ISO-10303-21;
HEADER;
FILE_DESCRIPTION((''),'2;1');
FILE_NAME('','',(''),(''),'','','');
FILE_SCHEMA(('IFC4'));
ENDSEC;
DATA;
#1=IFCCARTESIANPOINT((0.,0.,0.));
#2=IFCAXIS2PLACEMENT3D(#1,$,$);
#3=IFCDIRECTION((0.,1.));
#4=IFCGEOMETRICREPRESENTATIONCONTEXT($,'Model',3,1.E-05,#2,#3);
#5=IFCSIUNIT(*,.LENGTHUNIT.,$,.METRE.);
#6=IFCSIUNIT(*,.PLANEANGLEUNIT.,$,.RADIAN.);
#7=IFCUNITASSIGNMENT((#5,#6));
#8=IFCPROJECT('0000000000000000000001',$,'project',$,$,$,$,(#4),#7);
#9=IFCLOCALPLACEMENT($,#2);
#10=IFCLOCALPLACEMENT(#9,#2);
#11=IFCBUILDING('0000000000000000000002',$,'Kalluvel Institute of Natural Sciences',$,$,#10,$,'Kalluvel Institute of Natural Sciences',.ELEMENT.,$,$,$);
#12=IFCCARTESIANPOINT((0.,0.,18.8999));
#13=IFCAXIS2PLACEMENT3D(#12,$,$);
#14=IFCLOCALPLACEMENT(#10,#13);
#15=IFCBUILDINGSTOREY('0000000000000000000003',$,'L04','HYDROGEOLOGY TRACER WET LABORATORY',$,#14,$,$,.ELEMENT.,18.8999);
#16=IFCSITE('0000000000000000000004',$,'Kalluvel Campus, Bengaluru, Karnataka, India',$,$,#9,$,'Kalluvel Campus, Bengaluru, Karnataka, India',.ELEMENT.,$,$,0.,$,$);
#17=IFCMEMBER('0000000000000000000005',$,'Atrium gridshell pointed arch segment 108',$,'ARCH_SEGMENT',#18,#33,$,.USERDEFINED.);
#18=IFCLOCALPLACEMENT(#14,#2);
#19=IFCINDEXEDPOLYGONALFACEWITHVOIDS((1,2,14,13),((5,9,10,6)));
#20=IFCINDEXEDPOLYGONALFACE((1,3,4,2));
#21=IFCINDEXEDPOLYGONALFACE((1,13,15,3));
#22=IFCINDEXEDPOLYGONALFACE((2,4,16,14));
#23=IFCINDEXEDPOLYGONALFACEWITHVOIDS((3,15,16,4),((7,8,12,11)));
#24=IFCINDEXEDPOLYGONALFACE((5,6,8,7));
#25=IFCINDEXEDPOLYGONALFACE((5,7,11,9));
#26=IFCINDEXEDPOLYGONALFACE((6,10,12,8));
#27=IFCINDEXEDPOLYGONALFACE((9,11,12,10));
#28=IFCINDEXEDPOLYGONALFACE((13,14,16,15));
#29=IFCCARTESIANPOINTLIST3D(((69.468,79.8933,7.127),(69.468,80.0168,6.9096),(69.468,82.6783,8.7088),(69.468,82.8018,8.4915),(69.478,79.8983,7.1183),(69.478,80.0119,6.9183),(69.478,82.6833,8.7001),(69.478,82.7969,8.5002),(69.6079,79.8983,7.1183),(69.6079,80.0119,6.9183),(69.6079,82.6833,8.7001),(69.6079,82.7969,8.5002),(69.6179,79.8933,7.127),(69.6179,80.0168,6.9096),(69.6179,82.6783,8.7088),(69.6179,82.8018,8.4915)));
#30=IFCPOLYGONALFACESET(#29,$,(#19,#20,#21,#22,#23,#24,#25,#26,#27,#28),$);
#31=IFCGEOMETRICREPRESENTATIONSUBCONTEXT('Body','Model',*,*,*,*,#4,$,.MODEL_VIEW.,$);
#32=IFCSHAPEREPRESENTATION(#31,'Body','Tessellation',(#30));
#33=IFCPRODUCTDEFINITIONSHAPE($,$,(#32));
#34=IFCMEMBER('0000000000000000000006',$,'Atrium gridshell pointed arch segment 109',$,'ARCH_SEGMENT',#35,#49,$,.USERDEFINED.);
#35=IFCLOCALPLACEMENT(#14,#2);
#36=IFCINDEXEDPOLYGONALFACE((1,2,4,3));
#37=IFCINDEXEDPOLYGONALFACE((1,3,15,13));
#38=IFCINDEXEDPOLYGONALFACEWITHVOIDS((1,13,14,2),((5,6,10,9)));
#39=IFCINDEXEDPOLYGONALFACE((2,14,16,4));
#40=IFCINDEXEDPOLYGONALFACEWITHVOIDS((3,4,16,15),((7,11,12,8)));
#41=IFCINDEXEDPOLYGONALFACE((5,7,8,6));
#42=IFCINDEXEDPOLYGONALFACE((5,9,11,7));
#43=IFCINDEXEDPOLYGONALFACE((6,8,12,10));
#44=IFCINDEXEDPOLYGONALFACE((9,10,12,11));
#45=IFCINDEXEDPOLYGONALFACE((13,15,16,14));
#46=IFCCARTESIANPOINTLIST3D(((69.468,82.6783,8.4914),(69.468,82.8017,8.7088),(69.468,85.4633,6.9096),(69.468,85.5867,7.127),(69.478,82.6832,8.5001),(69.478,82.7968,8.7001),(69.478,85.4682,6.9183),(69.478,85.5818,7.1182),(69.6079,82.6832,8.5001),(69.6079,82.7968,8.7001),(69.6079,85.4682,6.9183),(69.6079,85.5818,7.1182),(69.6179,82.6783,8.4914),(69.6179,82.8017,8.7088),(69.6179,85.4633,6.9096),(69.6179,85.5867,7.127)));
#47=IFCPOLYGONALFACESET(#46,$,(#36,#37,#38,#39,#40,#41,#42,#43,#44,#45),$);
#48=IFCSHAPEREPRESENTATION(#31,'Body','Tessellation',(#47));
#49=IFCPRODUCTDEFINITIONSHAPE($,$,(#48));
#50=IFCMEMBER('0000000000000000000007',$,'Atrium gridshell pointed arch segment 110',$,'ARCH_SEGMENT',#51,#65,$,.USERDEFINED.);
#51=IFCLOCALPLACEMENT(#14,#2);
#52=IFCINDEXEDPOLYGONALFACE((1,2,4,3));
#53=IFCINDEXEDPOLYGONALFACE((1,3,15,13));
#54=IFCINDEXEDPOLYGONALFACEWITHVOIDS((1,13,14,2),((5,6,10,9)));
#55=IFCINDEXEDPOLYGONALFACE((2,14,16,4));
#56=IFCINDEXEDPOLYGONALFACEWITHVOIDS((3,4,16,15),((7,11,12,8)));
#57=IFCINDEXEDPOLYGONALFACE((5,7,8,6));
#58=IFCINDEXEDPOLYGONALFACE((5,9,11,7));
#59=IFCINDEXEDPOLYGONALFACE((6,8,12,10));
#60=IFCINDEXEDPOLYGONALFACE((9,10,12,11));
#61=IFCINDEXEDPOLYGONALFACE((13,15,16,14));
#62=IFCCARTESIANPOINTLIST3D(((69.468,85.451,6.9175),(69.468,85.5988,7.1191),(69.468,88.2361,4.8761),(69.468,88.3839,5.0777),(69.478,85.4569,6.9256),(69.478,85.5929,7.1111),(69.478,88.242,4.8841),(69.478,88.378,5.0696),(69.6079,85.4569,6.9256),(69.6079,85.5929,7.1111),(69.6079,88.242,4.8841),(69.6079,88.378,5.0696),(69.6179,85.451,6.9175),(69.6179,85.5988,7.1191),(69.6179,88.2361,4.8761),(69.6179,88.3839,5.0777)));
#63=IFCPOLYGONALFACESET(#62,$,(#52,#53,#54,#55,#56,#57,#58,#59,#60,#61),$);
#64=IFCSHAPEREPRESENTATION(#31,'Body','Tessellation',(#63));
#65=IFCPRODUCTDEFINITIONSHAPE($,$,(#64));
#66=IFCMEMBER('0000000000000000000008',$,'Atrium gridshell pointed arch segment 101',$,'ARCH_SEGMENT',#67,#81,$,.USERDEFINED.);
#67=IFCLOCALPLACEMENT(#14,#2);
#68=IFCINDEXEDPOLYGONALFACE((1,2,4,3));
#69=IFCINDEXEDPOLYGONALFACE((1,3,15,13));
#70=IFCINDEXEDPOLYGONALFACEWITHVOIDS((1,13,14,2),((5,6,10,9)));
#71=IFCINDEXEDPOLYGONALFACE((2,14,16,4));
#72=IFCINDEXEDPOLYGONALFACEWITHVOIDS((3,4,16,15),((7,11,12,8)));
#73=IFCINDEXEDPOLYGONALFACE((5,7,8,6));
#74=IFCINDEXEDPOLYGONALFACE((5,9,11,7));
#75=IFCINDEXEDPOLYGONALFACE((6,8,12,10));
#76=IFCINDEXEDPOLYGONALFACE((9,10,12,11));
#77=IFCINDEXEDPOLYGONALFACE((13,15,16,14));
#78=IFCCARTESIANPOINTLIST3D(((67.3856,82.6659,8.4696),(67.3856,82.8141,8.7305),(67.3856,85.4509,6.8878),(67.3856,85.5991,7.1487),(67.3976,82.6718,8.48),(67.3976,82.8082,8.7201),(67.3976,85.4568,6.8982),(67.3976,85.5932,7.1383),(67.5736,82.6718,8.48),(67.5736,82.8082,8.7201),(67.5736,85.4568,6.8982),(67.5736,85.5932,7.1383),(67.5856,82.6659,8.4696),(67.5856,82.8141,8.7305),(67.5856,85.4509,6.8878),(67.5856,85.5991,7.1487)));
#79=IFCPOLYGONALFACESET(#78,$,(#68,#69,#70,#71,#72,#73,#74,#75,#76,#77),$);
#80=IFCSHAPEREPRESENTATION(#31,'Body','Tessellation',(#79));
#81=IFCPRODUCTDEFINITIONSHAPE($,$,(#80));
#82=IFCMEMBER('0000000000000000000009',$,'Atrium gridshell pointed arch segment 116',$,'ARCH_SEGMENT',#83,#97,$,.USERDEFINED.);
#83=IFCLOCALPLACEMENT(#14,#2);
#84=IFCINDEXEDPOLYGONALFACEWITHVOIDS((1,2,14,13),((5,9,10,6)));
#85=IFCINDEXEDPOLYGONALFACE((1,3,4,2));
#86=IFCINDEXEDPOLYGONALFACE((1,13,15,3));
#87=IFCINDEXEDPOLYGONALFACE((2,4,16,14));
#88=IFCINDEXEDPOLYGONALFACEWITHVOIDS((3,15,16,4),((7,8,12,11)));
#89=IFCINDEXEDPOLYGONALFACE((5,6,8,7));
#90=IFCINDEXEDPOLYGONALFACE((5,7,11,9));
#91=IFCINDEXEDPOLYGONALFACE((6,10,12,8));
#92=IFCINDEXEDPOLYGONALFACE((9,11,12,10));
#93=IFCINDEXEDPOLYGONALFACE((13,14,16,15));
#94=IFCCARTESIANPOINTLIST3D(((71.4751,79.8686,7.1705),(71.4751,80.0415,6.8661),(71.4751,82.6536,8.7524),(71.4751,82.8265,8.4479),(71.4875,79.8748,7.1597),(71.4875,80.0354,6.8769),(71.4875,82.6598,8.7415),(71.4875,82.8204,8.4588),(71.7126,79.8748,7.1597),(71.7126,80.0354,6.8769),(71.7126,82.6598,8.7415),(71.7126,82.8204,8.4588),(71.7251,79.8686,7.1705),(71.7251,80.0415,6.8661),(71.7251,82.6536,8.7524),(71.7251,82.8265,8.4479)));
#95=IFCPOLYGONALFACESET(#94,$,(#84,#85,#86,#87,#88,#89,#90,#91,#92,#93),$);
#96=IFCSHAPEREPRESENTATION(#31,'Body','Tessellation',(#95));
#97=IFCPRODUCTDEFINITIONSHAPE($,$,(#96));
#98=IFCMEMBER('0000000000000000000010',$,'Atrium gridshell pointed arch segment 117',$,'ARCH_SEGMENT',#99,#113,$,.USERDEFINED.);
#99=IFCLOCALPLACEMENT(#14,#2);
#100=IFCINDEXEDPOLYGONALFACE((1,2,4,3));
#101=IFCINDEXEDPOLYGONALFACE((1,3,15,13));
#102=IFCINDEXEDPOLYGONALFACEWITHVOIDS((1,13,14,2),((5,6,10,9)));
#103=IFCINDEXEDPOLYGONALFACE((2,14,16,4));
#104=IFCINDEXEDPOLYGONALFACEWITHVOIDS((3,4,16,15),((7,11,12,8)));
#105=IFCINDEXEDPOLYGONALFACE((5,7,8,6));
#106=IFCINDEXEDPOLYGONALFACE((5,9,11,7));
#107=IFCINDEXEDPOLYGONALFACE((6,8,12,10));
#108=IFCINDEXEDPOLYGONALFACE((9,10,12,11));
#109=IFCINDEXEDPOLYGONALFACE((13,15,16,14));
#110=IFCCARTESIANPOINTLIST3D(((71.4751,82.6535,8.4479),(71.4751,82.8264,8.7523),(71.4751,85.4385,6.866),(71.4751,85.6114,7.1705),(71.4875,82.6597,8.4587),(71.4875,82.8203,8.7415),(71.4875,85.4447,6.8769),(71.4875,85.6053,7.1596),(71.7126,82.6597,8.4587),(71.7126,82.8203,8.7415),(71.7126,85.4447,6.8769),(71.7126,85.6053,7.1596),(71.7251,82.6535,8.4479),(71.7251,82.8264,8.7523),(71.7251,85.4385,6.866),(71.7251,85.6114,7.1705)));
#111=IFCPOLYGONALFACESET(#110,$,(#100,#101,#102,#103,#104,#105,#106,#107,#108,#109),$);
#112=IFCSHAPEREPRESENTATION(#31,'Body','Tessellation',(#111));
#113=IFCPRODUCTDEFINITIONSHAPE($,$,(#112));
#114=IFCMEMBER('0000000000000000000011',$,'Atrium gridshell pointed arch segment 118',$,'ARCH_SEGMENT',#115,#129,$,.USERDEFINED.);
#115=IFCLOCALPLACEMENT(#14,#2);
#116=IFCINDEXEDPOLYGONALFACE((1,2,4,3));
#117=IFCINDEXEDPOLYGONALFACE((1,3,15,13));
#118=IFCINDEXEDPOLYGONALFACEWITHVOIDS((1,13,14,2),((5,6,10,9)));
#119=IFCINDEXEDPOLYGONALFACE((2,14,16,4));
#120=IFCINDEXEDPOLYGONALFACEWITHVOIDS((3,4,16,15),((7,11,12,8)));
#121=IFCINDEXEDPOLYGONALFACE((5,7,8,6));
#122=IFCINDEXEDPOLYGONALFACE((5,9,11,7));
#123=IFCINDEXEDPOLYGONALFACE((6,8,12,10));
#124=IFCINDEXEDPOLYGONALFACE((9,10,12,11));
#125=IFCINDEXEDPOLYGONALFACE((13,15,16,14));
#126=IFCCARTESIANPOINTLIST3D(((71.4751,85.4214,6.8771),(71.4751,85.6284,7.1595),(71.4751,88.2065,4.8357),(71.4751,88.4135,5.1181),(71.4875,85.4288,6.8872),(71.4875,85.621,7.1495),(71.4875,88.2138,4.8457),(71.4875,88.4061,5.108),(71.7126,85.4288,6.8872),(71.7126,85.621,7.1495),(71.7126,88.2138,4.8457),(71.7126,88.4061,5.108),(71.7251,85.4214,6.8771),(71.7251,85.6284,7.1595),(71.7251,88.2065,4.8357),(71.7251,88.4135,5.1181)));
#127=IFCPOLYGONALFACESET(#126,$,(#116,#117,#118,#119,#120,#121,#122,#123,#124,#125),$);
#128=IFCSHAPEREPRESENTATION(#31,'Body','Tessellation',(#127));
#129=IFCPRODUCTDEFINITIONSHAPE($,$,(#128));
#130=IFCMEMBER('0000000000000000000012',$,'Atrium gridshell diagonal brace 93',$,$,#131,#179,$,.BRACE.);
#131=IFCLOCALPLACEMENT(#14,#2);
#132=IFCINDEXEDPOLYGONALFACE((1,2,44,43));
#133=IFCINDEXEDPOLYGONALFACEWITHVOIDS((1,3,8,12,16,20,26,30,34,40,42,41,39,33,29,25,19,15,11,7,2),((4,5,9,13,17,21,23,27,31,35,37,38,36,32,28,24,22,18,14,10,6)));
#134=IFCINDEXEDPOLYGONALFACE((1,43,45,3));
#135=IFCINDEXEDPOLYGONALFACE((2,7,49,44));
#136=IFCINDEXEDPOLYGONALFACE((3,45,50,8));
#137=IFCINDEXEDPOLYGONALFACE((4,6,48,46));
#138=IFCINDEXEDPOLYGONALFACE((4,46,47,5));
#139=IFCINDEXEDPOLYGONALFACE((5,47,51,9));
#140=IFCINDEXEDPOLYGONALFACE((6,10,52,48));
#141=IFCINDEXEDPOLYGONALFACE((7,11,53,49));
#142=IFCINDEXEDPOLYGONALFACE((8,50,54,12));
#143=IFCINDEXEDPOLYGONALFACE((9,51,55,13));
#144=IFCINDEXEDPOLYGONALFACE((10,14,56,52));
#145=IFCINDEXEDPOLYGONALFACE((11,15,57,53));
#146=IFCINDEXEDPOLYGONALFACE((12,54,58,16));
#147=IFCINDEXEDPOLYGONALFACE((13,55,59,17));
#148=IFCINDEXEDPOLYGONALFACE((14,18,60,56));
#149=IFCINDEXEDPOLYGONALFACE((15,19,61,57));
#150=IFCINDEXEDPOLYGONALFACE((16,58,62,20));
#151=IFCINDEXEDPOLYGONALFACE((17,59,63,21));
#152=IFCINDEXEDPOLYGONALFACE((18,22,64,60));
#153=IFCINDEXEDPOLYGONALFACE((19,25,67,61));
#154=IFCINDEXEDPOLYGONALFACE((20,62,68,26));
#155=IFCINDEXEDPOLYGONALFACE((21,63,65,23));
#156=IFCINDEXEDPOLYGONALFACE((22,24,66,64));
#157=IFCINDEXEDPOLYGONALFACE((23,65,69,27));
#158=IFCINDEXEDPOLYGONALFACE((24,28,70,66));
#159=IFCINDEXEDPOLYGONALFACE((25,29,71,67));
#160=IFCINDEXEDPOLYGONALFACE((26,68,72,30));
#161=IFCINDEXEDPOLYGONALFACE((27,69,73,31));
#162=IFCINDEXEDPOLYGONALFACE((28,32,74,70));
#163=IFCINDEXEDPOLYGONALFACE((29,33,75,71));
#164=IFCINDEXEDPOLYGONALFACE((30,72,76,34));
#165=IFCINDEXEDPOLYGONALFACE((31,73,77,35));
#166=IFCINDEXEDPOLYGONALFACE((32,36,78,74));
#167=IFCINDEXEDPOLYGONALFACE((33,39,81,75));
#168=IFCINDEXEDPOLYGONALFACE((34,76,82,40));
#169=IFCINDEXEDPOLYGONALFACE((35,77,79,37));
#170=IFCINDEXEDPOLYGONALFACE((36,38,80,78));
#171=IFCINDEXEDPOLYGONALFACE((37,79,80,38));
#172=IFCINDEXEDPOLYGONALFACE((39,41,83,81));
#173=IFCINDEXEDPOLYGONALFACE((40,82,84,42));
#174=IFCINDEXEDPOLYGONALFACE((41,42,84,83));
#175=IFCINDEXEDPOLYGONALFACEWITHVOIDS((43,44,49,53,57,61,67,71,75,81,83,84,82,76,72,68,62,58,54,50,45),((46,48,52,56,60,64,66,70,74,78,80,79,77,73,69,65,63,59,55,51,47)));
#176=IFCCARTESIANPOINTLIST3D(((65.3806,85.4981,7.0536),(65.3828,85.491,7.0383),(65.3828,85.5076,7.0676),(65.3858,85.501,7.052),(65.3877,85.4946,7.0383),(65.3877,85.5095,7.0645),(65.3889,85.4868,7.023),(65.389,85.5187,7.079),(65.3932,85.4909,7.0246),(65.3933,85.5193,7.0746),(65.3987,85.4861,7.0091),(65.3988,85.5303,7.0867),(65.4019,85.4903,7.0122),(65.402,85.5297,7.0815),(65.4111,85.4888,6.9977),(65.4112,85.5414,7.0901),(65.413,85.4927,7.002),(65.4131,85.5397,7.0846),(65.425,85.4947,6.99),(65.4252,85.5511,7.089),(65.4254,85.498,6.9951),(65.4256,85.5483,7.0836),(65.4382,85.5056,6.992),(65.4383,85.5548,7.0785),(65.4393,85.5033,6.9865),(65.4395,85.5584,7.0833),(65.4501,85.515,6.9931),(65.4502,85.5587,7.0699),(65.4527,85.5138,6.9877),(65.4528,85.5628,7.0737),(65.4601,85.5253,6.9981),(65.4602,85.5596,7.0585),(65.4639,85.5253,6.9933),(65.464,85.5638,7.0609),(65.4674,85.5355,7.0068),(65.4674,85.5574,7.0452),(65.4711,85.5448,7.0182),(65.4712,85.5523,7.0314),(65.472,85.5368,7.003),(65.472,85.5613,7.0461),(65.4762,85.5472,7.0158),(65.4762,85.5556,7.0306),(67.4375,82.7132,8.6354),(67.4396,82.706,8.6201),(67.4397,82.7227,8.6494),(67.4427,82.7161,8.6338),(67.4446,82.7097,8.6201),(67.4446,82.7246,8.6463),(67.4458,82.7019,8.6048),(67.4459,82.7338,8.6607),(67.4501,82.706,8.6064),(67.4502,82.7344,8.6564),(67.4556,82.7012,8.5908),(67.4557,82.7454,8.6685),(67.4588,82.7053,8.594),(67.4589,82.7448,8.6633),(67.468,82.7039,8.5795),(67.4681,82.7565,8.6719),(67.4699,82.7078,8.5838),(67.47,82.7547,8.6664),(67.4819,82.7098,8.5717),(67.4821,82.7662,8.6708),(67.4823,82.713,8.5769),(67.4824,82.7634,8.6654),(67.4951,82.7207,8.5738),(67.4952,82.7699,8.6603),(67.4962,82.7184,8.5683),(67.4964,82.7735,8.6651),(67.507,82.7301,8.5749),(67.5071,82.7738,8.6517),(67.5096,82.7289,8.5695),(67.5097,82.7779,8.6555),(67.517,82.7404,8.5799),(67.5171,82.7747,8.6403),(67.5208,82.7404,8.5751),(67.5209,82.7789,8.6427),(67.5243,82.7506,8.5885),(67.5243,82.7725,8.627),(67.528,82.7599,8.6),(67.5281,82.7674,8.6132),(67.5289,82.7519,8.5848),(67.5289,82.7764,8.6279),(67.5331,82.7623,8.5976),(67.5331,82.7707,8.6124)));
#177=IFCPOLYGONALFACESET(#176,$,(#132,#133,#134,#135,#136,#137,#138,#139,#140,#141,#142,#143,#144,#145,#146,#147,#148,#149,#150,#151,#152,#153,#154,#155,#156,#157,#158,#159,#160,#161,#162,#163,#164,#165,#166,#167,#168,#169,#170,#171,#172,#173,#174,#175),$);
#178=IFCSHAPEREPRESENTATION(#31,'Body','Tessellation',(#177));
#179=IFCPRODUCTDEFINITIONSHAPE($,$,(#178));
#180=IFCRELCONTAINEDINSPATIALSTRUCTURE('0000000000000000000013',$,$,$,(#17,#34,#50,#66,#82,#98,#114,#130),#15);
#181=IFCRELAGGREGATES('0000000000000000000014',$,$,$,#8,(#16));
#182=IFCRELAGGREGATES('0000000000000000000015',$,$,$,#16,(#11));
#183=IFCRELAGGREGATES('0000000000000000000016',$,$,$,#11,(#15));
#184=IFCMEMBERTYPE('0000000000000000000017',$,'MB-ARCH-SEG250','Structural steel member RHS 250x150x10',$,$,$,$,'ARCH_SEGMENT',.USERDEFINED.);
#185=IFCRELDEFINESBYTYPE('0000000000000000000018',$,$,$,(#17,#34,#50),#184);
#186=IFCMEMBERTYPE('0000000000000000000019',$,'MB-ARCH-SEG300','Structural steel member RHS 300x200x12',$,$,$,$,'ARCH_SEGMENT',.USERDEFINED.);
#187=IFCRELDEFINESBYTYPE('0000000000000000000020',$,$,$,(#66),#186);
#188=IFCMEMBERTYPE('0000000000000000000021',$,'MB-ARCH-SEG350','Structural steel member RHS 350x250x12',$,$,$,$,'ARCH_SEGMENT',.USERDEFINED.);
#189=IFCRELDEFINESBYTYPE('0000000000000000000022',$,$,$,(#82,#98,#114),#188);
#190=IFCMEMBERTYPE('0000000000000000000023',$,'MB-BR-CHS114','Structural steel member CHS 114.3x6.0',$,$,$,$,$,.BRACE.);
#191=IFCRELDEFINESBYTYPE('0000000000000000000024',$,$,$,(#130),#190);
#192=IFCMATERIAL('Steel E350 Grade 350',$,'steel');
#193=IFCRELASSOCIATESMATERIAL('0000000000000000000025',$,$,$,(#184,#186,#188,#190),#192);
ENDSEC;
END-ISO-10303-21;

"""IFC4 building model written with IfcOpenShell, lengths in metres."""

from ifc_helpers import new_model, si_unit, direction, frame, origin, origin_2d, place, context, subcontext, project, spatial, hollow_rectangle, hollow_circle, extrude, material, material_profile, profile_set, type_object, element, save


model = new_model("IFC4")

# Units and contexts
model_context = context("Model", 3, precision=1e-05, world=origin(), true_north=direction((0.0, 1.0)))
body_context = subcontext(model_context, "Body", "Model", "MODEL_VIEW")
ifc_project = project(units=[si_unit("LENGTHUNIT", "METRE"), si_unit("PLANEANGLEUNIT", "RADIAN")], contexts=[model_context])

# Site, building, storey
site_placement = place(None, origin())
site = spatial("IfcSite", under=ifc_project, at=site_placement, Name="Kalluvel Campus, Bengaluru, Karnataka, India", LongName="Kalluvel Campus, Bengaluru, Karnataka, India", CompositionType="ELEMENT", RefElevation=0.0)
building_placement = place(site_placement, origin())
building = spatial("IfcBuilding", under=site, at=building_placement, Name="Kalluvel Institute of Natural Sciences", LongName="Kalluvel Institute of Natural Sciences", CompositionType="ELEMENT")
storey_placement = place(building_placement, frame((0.0, 0.0, 18.8999)))
storey = spatial("IfcBuildingStorey", under=building, at=storey_placement, Name="L04", Description="HYDROGEOLOGY TRACER WET LABORATORY", CompositionType="ELEMENT", Elevation=18.8999)

# Members
ifc_material_1 = material(Name="Steel E350 Grade 350", Category="steel")
ifc_material_profile_1 = material_profile(ifc_material_1, hollow_rectangle(XDim=0.1499, YDim=0.25, WallThickness=0.01, at=origin_2d()), Name="RHS 250x150x10")
ifc_profile_set_1 = profile_set([ifc_material_profile_1], Name="Steel E350 Grade 350")
member_type_1 = type_object("IfcMemberType", Name="MB-ARCH-SEG250", Description="Structural steel member RHS 250x150x10", ElementType="ARCH_SEGMENT", PredefinedType="USERDEFINED", material=ifc_profile_set_1)
for number, where, z_axis, x_axis, name in (
    (1, (69.543, 79.9551, 7.0183), (0.0, 0.86953, 0.49388), (-1.0, 0.0, 0.0), "Atrium gridshell pointed arch segment 108"),
    (2, (69.543, 82.74, 8.6001), (0.0, 0.86953, -0.49388), (-1.0, 0.0, 0.0), "Atrium gridshell pointed arch segment 109"),
):
    element("IfcMember", number, at=place(storey_placement, frame(where, z_axis=z_axis, x_axis=x_axis)), inside=storey, type_object=member_type_1, Name=name, ObjectType="ARCH_SEGMENT", PredefinedType="USERDEFINED", context=body_context, shape_type="SweptSolid", body=[
        extrude(hollow_rectangle(XDim=0.1499, YDim=0.25, WallThickness=0.01, at=origin_2d()), origin(), (0.0, 0.0, 1.0), 3.2029),
    ])
member_1_placement = place(storey_placement, frame((69.543, 85.5249, 7.0183), z_axis=(0.0, 0.806535, -0.591186), x_axis=(-1.0, 0.0, 0.0)))
element("IfcMember", 3, at=member_1_placement, inside=storey, type_object=member_type_1, Name="Atrium gridshell pointed arch segment 110", ObjectType="ARCH_SEGMENT", PredefinedType="USERDEFINED", context=body_context, shape_type="SweptSolid", body=[
    extrude(hollow_rectangle(XDim=0.1499, YDim=0.25, WallThickness=0.01, at=origin_2d()), origin(), (0.0, 0.0, 1.0), 3.4531),
])
ifc_material_profile_2 = material_profile(ifc_material_1, hollow_rectangle(XDim=0.2, YDim=0.3, WallThickness=0.012, at=origin_2d()), Name="RHS 300x200x12")
ifc_profile_set_2 = profile_set([ifc_material_profile_2], Name="Steel E350 Grade 350")
member_type_2 = type_object("IfcMemberType", Name="MB-ARCH-SEG300", Description="Structural steel member RHS 300x200x12", ElementType="ARCH_SEGMENT", PredefinedType="USERDEFINED", material=ifc_profile_set_2)
member_2_placement = place(storey_placement, frame((67.4856, 82.74, 8.6001), z_axis=(0.0, 0.86953, -0.49388), x_axis=(-1.0, 0.0, 0.0)))
element("IfcMember", 4, at=member_2_placement, inside=storey, type_object=member_type_2, Name="Atrium gridshell pointed arch segment 101", ObjectType="ARCH_SEGMENT", PredefinedType="USERDEFINED", context=body_context, shape_type="SweptSolid", body=[
    extrude(hollow_rectangle(XDim=0.2, YDim=0.3, WallThickness=0.012, at=origin_2d()), origin(), (0.0, 0.0, 1.0), 3.2029),
])
ifc_material_profile_3 = material_profile(ifc_material_1, hollow_rectangle(XDim=0.25, YDim=0.3501, WallThickness=0.0125, at=origin_2d()), Name="RHS 350x250x12")
ifc_profile_set_3 = profile_set([ifc_material_profile_3], Name="Steel E350 Grade 350")
member_type_3 = type_object("IfcMemberType", Name="MB-ARCH-SEG350", Description="Structural steel member RHS 350x250x12", ElementType="ARCH_SEGMENT", PredefinedType="USERDEFINED", material=ifc_profile_set_3)
for number, where, z_axis, x_axis, name in (
    (5, (71.6001, 79.9551, 7.0183), (0.0, 0.86953, 0.49388), (-1.0, 0.0, 0.0), "Atrium gridshell pointed arch segment 116"),
    (6, (71.6001, 82.74, 8.6001), (0.0, 0.86953, -0.49388), (-1.0, 0.0, 0.0), "Atrium gridshell pointed arch segment 117"),
):
    element("IfcMember", number, at=place(storey_placement, frame(where, z_axis=z_axis, x_axis=x_axis)), inside=storey, type_object=member_type_3, Name=name, ObjectType="ARCH_SEGMENT", PredefinedType="USERDEFINED", context=body_context, shape_type="SweptSolid", body=[
        extrude(hollow_rectangle(XDim=0.25, YDim=0.3501, WallThickness=0.0125, at=origin_2d()), origin(), (0.0, 0.0, 1.0), 3.2029),
    ])
member_3_placement = place(storey_placement, frame((71.6001, 85.5249, 7.0183), z_axis=(0.0, 0.806535, -0.591186), x_axis=(-1.0, 0.0, 0.0)))
element("IfcMember", 7, at=member_3_placement, inside=storey, type_object=member_type_3, Name="Atrium gridshell pointed arch segment 118", ObjectType="ARCH_SEGMENT", PredefinedType="USERDEFINED", context=body_context, shape_type="SweptSolid", body=[
    extrude(hollow_rectangle(XDim=0.25, YDim=0.3501, WallThickness=0.0125, at=origin_2d()), origin(), (0.0, 0.0, 1.0), 3.4531),
])
ifc_material_profile_4 = material_profile(ifc_material_1, hollow_circle(Radius=0.0571, WallThickness=0.0061, at=origin_2d()), Name="CHS 114.3x6.0")
ifc_profile_set_4 = profile_set([ifc_material_profile_4], Name="Steel E350 Grade 350")
member_type_4 = type_object("IfcMemberType", Name="MB-BR-CHS114", Description="Structural steel member CHS 114.3x6.0", PredefinedType="BRACE", material=ifc_profile_set_4)
member_4_placement = place(storey_placement, frame((67.4856, 82.74, 8.6201), z_axis=(-0.540378, 0.731642, -0.415562), x_axis=(-0.804387, -0.594106, 0.0)))
element("IfcMember", 8, at=member_4_placement, inside=storey, type_object=member_type_4, Name="Atrium gridshell diagonal brace 93", PredefinedType="BRACE", context=body_context, shape_type="SweptSolid", body=[
    extrude(hollow_circle(Radius=0.0571, WallThickness=0.0061, at=origin_2d()), origin(), (0.0, 0.0, 1.0), 3.8064),
])

save(model, "model.ifc")
